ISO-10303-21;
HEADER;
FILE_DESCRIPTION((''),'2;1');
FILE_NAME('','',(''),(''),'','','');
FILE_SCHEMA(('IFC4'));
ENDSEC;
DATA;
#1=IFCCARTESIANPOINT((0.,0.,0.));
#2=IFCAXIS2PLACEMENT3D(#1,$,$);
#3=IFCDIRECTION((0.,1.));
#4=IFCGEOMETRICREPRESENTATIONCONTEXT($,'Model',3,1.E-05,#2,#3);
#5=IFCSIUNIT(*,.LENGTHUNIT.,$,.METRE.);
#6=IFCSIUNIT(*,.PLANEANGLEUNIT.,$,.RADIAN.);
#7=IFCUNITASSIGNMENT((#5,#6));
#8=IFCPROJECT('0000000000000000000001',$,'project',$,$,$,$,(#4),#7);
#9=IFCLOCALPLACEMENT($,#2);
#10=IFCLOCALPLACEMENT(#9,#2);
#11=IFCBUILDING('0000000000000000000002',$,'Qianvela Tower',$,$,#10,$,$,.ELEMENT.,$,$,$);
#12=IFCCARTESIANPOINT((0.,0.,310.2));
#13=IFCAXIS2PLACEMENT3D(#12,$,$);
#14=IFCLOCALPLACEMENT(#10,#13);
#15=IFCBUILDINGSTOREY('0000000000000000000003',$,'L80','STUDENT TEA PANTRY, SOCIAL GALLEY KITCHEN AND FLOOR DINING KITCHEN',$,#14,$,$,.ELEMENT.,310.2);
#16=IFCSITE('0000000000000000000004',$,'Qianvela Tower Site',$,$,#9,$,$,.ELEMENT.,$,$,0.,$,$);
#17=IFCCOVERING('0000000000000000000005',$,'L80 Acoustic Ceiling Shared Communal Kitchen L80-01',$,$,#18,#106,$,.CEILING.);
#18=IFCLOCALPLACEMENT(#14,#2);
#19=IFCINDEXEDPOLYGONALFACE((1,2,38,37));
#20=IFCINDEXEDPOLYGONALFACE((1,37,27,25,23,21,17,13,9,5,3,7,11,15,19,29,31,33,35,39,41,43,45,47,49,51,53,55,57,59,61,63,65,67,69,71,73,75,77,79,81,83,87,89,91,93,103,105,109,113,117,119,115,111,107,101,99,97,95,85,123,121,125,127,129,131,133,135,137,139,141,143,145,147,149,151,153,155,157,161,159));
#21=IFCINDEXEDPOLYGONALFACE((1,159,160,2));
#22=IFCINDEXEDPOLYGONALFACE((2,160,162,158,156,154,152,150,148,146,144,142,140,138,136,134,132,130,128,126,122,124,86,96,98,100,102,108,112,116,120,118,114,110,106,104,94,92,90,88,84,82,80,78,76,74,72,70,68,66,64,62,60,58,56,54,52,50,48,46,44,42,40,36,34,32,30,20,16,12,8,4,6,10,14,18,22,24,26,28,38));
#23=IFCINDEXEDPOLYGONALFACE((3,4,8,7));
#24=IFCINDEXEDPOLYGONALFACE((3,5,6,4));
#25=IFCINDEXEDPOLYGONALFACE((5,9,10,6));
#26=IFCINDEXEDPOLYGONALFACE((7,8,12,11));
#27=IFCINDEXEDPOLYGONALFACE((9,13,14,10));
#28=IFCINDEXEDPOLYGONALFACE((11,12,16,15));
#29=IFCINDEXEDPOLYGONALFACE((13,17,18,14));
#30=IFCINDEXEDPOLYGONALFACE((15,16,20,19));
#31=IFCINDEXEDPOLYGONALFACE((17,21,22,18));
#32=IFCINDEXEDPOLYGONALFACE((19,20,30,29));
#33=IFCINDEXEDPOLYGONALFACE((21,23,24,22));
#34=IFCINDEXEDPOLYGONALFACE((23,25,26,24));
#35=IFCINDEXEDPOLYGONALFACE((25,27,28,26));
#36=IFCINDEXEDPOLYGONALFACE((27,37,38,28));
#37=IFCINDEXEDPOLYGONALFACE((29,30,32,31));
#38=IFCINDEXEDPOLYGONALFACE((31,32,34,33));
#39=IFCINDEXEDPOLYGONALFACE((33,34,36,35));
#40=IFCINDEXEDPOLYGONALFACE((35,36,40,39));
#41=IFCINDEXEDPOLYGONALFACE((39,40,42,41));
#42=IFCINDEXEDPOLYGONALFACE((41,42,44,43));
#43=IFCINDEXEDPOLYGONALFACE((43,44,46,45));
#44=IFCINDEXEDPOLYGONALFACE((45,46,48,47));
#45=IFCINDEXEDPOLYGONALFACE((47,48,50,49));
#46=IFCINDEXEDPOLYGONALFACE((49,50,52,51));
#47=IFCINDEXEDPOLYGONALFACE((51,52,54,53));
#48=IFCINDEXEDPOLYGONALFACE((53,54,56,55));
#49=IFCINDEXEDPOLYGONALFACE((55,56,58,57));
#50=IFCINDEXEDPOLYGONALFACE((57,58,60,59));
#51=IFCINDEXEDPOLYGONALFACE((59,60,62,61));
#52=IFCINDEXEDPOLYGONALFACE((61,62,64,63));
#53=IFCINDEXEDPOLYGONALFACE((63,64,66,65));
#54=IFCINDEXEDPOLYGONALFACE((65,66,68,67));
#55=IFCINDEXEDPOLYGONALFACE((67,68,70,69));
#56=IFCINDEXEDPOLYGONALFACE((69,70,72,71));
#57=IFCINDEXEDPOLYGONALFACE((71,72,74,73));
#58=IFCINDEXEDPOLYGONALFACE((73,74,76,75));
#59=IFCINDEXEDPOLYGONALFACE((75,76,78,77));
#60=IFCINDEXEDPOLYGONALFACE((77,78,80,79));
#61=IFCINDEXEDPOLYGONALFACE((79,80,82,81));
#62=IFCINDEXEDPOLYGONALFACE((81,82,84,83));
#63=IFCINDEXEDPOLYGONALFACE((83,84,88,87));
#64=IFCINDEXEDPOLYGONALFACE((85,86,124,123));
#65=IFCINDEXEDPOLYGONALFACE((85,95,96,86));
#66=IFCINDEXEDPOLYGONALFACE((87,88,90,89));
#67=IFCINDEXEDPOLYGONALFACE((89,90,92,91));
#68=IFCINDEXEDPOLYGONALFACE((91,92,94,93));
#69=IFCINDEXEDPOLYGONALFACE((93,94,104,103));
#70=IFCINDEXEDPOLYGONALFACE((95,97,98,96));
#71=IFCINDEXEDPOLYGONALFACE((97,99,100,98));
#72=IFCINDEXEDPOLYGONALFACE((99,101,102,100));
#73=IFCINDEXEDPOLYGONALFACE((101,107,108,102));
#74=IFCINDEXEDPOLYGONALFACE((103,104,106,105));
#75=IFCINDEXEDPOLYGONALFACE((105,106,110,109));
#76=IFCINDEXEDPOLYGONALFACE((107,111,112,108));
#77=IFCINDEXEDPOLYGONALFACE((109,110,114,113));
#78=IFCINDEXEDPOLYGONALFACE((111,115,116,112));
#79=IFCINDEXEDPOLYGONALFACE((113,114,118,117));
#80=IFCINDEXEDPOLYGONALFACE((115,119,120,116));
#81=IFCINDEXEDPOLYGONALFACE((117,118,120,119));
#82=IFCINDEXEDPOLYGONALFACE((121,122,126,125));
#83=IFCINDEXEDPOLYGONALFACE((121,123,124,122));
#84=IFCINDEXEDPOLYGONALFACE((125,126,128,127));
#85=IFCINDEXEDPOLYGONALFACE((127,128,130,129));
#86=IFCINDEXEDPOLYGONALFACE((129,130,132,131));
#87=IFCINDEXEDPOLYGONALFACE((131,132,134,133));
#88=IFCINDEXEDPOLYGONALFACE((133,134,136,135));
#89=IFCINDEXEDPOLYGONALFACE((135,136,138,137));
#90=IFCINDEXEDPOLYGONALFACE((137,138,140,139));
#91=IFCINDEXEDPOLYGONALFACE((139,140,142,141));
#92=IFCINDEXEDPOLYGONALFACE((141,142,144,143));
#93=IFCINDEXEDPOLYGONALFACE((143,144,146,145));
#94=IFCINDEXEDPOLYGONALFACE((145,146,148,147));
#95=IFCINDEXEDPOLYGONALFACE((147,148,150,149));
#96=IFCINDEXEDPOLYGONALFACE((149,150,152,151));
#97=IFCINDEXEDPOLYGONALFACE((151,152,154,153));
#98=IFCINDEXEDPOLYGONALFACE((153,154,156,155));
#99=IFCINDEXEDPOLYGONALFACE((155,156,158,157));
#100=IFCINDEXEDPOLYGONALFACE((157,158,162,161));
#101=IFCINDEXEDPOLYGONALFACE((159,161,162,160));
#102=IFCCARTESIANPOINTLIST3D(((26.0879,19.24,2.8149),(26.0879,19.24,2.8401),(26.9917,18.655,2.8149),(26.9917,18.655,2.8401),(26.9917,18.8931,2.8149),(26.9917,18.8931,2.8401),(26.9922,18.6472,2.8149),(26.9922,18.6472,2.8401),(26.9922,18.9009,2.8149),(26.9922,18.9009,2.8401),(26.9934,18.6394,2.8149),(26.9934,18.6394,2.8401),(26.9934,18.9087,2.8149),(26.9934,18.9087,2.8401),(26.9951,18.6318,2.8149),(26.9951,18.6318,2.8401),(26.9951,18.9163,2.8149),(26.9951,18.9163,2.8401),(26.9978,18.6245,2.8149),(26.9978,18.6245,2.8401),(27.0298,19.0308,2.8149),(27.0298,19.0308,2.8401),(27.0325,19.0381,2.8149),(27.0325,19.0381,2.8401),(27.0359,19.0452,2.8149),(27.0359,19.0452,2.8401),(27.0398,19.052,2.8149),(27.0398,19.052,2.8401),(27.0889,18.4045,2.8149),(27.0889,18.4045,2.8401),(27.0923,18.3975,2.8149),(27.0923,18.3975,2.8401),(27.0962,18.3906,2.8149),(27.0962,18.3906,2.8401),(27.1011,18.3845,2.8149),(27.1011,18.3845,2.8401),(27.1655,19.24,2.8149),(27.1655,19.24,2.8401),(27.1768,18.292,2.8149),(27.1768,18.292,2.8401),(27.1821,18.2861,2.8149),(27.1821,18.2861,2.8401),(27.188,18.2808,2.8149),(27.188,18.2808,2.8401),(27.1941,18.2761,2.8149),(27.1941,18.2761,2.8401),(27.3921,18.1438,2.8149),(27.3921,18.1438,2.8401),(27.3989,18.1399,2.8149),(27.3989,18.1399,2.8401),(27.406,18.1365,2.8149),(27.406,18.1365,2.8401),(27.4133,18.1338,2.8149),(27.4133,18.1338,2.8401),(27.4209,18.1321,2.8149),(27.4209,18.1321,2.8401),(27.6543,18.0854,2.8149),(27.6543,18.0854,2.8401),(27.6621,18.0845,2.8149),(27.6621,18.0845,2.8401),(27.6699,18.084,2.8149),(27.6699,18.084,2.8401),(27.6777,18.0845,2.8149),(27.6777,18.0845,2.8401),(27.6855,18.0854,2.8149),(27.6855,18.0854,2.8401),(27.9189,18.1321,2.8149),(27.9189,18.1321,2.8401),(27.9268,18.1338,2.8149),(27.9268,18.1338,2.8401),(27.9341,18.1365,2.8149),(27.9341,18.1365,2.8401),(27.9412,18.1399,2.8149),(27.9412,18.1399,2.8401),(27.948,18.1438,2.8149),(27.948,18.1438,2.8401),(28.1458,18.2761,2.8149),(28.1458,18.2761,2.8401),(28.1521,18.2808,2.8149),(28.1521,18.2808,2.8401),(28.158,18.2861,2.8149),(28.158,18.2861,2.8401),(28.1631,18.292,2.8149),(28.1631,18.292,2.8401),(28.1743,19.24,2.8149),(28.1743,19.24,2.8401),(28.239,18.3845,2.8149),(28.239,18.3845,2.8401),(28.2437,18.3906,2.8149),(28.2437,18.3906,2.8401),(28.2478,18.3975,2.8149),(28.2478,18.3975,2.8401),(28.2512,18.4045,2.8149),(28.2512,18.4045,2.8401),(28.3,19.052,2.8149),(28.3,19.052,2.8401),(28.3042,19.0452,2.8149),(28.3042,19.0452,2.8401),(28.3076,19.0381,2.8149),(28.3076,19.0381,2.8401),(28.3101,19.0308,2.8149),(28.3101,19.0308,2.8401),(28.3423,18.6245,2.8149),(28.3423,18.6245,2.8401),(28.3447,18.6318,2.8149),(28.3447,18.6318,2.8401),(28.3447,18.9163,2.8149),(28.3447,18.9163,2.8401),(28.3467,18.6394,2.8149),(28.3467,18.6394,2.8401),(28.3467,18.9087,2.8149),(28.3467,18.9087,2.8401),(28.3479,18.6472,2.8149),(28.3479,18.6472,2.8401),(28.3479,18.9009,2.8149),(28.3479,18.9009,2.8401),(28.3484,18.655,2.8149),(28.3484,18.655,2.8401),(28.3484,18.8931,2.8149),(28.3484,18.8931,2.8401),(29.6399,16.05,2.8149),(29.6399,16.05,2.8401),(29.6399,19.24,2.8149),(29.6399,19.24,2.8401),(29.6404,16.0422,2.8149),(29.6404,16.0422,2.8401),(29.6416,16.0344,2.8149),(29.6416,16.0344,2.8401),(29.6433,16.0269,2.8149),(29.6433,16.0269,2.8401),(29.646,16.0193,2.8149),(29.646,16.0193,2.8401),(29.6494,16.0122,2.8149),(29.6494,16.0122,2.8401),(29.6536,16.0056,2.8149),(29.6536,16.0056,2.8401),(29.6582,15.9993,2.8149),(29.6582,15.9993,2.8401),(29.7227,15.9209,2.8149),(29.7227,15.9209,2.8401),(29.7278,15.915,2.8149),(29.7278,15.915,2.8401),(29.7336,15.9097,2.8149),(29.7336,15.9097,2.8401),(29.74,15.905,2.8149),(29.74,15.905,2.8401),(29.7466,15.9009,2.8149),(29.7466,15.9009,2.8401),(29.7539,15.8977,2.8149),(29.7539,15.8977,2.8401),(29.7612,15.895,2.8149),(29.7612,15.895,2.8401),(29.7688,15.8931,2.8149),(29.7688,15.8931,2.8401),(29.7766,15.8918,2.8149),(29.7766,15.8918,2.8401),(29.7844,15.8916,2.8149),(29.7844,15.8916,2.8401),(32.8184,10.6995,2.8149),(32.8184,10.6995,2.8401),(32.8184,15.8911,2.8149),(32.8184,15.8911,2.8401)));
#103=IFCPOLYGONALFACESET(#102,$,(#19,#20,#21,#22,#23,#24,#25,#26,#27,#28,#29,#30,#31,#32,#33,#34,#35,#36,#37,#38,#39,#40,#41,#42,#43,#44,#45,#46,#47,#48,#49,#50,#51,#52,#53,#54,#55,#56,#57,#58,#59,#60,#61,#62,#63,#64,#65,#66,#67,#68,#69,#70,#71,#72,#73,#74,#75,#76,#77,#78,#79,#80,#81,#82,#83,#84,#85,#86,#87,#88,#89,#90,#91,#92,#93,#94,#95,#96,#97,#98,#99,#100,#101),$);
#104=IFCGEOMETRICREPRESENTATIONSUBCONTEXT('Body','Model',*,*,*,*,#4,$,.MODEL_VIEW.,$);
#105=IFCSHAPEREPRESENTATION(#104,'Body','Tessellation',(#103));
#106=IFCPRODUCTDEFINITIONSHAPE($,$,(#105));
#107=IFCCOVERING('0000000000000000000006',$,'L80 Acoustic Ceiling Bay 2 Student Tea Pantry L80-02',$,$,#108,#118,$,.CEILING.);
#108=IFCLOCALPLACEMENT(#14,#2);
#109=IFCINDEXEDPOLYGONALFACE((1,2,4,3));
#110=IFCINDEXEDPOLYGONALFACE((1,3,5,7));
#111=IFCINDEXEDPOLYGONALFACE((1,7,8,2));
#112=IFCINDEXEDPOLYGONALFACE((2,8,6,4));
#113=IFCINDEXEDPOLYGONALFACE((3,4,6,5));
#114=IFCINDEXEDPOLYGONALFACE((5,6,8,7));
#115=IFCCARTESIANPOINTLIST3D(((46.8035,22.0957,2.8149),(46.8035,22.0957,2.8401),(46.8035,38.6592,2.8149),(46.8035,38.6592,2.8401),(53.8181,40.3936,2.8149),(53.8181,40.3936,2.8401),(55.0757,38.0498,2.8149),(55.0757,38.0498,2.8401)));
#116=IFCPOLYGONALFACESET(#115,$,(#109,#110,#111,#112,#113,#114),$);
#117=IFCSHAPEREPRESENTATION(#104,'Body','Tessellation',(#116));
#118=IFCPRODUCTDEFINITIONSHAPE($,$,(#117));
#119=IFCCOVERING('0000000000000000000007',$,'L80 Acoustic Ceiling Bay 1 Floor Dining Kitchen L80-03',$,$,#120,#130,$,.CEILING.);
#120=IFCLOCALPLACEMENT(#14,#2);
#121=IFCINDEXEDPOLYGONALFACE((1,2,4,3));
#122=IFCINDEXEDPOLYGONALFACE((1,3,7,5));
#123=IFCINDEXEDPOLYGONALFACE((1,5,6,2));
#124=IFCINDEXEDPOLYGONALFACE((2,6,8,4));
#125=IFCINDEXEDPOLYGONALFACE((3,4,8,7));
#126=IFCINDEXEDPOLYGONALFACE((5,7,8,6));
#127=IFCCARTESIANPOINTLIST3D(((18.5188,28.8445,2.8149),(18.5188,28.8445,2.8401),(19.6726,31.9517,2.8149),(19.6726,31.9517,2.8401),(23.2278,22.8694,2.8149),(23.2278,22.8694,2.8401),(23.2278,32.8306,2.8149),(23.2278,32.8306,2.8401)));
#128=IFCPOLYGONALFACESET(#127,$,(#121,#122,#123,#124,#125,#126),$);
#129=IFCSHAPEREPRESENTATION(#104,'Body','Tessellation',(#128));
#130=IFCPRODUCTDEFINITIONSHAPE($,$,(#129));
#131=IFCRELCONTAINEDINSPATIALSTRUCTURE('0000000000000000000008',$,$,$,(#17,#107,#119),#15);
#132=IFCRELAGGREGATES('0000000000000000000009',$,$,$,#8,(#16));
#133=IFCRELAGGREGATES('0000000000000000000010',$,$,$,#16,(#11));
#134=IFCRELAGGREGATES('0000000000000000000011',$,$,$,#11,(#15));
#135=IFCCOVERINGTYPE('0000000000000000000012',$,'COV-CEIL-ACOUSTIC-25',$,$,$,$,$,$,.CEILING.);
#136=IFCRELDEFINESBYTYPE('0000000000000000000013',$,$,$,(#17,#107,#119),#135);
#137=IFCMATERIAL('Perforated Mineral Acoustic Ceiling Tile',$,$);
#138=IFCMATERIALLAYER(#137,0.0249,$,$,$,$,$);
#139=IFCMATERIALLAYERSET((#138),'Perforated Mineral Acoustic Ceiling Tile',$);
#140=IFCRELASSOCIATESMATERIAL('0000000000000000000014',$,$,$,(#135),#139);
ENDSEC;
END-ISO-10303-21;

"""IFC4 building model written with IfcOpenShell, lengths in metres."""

from ifc_helpers import new_model, si_unit, direction, frame, origin, place, context, subcontext, project, spatial, polyline, outline, extrude, material, layer, layer_set, type_object, element, save


model = new_model("IFC4")

# Units and contexts
model_context = context("Model", 3, precision=1e-05, world=origin(), true_north=direction((0.0, 1.0)))
body_context = subcontext(model_context, "Body", "Model", "MODEL_VIEW")
ifc_project = project(units=[si_unit("LENGTHUNIT", "METRE"), si_unit("PLANEANGLEUNIT", "RADIAN")], contexts=[model_context])

# Site, building, storey
site_placement = place(None, origin())
site = spatial("IfcSite", under=ifc_project, at=site_placement, Name="Qianvela Tower Site", CompositionType="ELEMENT", RefElevation=0.0)
building_placement = place(site_placement, origin())
building = spatial("IfcBuilding", under=site, at=building_placement, Name="Qianvela Tower", CompositionType="ELEMENT")
storey_placement = place(building_placement, frame((0.0, 0.0, 310.2)))
storey = spatial("IfcBuildingStorey", under=building, at=storey_placement, Name="L80", Description="STUDENT TEA PANTRY, SOCIAL GALLEY KITCHEN AND FLOOR DINING KITCHEN", CompositionType="ELEMENT", Elevation=310.2)

# Coverings
ifc_material_1 = material(Name="Perforated Mineral Acoustic Ceiling Tile")
ifc_layer_1 = layer(ifc_material_1, 0.0249)
ifc_layer_set_1 = layer_set([ifc_layer_1], Name="Perforated Mineral Acoustic Ceiling Tile")
covering_type_1 = type_object("IfcCoveringType", Name="COV-CEIL-ACOUSTIC-25", PredefinedType="CEILING", material=ifc_layer_set_1)
covering_1_placement = place(storey_placement, frame((0.0, 0.0, 2.8149)))
element("IfcCovering", 1, at=covering_1_placement, inside=storey, type_object=covering_type_1, Name="L80 Acoustic Ceiling Shared Communal Kitchen L80-01", PredefinedType="CEILING", context=body_context, shape_type="SweptSolid", body=[
    extrude(outline(polyline([(27.1655, 19.24), (27.0398, 19.052), (27.0359, 19.0452), (27.0325, 19.0381), (27.0298, 19.0308), (26.9951, 18.9163), (26.9934, 18.9087), (26.9922, 18.9009), (26.9917, 18.8931), (26.9917, 18.655), (26.9922, 18.6472), (26.9934, 18.6394), (26.9951, 18.6318), (26.9978, 18.6245), (27.0889, 18.4045), (27.0923, 18.3975), (27.0962, 18.3906), (27.1011, 18.3845), (27.1768, 18.292), (27.1821, 18.2861), (27.188, 18.2808), (27.1941, 18.2761), (27.3921, 18.1438), (27.3989, 18.1399), (27.406, 18.1365), (27.4133, 18.1338), (27.4209, 18.1321), (27.6543, 18.0854), (27.6621, 18.0845), (27.6699, 18.084), (27.6777, 18.0845), (27.6855, 18.0854), (27.9189, 18.1321), (27.9268, 18.1338), (27.9341, 18.1365), (27.9412, 18.1399), (27.948, 18.1438), (28.1458, 18.2761), (28.1521, 18.2808), (28.158, 18.2861), (28.1631, 18.292), (28.239, 18.3845), (28.2437, 18.3906), (28.2478, 18.3975), (28.2512, 18.4045), (28.3423, 18.6245), (28.3447, 18.6318), (28.3467, 18.6394), (28.3479, 18.6472), (28.3484, 18.655), (28.3484, 18.8931), (28.3479, 18.9009), (28.3467, 18.9087), (28.3447, 18.9163), (28.3101, 19.0308), (28.3076, 19.0381), (28.3042, 19.0452), (28.3, 19.052), (28.1743, 19.24), (29.6399, 19.24), (29.6399, 16.05), (29.6404, 16.0422), (29.6416, 16.0344), (29.6433, 16.0269), (29.646, 16.0193), (29.6494, 16.0122), (29.6536, 16.0056), (29.6582, 15.9993), (29.7227, 15.9209), (29.7278, 15.915), (29.7336, 15.9097), (29.74, 15.905), (29.7466, 15.9009), (29.7539, 15.8977), (29.7612, 15.895), (29.7688, 15.8931), (29.7766, 15.8918), (29.7844, 15.8916), (32.8184, 15.8911), (32.8184, 10.6995), (26.0879, 19.24), (27.1655, 19.24)])), origin(), (0.0, 0.0, 1.0), 0.0251),
])
covering_2_placement = place(storey_placement, frame((0.0, 0.0, 2.8149)))
element("IfcCovering", 2, at=covering_2_placement, inside=storey, type_object=covering_type_1, Name="L80 Acoustic Ceiling Bay 2 Student Tea Pantry L80-02", PredefinedType="CEILING", context=body_context, shape_type="SweptSolid", body=[
    extrude(outline(polyline([(53.8181, 40.3936), (55.0757, 38.0498), (46.8035, 22.0957), (46.8035, 38.6592), (53.8181, 40.3936)])), origin(), (0.0, 0.0, 1.0), 0.0251),
])
covering_3_placement = place(storey_placement, frame((0.0, 0.0, 2.8149)))
element("IfcCovering", 3, at=covering_3_placement, inside=storey, type_object=covering_type_1, Name="L80 Acoustic Ceiling Bay 1 Floor Dining Kitchen L80-03", PredefinedType="CEILING", context=body_context, shape_type="SweptSolid", body=[
    extrude(outline(polyline([(18.5188, 28.8445), (19.6726, 31.9517), (23.2278, 32.8306), (23.2278, 22.8694), (18.5188, 28.8445)])), origin(), (0.0, 0.0, 1.0), 0.0251),
])

save(model, "model.ifc")
